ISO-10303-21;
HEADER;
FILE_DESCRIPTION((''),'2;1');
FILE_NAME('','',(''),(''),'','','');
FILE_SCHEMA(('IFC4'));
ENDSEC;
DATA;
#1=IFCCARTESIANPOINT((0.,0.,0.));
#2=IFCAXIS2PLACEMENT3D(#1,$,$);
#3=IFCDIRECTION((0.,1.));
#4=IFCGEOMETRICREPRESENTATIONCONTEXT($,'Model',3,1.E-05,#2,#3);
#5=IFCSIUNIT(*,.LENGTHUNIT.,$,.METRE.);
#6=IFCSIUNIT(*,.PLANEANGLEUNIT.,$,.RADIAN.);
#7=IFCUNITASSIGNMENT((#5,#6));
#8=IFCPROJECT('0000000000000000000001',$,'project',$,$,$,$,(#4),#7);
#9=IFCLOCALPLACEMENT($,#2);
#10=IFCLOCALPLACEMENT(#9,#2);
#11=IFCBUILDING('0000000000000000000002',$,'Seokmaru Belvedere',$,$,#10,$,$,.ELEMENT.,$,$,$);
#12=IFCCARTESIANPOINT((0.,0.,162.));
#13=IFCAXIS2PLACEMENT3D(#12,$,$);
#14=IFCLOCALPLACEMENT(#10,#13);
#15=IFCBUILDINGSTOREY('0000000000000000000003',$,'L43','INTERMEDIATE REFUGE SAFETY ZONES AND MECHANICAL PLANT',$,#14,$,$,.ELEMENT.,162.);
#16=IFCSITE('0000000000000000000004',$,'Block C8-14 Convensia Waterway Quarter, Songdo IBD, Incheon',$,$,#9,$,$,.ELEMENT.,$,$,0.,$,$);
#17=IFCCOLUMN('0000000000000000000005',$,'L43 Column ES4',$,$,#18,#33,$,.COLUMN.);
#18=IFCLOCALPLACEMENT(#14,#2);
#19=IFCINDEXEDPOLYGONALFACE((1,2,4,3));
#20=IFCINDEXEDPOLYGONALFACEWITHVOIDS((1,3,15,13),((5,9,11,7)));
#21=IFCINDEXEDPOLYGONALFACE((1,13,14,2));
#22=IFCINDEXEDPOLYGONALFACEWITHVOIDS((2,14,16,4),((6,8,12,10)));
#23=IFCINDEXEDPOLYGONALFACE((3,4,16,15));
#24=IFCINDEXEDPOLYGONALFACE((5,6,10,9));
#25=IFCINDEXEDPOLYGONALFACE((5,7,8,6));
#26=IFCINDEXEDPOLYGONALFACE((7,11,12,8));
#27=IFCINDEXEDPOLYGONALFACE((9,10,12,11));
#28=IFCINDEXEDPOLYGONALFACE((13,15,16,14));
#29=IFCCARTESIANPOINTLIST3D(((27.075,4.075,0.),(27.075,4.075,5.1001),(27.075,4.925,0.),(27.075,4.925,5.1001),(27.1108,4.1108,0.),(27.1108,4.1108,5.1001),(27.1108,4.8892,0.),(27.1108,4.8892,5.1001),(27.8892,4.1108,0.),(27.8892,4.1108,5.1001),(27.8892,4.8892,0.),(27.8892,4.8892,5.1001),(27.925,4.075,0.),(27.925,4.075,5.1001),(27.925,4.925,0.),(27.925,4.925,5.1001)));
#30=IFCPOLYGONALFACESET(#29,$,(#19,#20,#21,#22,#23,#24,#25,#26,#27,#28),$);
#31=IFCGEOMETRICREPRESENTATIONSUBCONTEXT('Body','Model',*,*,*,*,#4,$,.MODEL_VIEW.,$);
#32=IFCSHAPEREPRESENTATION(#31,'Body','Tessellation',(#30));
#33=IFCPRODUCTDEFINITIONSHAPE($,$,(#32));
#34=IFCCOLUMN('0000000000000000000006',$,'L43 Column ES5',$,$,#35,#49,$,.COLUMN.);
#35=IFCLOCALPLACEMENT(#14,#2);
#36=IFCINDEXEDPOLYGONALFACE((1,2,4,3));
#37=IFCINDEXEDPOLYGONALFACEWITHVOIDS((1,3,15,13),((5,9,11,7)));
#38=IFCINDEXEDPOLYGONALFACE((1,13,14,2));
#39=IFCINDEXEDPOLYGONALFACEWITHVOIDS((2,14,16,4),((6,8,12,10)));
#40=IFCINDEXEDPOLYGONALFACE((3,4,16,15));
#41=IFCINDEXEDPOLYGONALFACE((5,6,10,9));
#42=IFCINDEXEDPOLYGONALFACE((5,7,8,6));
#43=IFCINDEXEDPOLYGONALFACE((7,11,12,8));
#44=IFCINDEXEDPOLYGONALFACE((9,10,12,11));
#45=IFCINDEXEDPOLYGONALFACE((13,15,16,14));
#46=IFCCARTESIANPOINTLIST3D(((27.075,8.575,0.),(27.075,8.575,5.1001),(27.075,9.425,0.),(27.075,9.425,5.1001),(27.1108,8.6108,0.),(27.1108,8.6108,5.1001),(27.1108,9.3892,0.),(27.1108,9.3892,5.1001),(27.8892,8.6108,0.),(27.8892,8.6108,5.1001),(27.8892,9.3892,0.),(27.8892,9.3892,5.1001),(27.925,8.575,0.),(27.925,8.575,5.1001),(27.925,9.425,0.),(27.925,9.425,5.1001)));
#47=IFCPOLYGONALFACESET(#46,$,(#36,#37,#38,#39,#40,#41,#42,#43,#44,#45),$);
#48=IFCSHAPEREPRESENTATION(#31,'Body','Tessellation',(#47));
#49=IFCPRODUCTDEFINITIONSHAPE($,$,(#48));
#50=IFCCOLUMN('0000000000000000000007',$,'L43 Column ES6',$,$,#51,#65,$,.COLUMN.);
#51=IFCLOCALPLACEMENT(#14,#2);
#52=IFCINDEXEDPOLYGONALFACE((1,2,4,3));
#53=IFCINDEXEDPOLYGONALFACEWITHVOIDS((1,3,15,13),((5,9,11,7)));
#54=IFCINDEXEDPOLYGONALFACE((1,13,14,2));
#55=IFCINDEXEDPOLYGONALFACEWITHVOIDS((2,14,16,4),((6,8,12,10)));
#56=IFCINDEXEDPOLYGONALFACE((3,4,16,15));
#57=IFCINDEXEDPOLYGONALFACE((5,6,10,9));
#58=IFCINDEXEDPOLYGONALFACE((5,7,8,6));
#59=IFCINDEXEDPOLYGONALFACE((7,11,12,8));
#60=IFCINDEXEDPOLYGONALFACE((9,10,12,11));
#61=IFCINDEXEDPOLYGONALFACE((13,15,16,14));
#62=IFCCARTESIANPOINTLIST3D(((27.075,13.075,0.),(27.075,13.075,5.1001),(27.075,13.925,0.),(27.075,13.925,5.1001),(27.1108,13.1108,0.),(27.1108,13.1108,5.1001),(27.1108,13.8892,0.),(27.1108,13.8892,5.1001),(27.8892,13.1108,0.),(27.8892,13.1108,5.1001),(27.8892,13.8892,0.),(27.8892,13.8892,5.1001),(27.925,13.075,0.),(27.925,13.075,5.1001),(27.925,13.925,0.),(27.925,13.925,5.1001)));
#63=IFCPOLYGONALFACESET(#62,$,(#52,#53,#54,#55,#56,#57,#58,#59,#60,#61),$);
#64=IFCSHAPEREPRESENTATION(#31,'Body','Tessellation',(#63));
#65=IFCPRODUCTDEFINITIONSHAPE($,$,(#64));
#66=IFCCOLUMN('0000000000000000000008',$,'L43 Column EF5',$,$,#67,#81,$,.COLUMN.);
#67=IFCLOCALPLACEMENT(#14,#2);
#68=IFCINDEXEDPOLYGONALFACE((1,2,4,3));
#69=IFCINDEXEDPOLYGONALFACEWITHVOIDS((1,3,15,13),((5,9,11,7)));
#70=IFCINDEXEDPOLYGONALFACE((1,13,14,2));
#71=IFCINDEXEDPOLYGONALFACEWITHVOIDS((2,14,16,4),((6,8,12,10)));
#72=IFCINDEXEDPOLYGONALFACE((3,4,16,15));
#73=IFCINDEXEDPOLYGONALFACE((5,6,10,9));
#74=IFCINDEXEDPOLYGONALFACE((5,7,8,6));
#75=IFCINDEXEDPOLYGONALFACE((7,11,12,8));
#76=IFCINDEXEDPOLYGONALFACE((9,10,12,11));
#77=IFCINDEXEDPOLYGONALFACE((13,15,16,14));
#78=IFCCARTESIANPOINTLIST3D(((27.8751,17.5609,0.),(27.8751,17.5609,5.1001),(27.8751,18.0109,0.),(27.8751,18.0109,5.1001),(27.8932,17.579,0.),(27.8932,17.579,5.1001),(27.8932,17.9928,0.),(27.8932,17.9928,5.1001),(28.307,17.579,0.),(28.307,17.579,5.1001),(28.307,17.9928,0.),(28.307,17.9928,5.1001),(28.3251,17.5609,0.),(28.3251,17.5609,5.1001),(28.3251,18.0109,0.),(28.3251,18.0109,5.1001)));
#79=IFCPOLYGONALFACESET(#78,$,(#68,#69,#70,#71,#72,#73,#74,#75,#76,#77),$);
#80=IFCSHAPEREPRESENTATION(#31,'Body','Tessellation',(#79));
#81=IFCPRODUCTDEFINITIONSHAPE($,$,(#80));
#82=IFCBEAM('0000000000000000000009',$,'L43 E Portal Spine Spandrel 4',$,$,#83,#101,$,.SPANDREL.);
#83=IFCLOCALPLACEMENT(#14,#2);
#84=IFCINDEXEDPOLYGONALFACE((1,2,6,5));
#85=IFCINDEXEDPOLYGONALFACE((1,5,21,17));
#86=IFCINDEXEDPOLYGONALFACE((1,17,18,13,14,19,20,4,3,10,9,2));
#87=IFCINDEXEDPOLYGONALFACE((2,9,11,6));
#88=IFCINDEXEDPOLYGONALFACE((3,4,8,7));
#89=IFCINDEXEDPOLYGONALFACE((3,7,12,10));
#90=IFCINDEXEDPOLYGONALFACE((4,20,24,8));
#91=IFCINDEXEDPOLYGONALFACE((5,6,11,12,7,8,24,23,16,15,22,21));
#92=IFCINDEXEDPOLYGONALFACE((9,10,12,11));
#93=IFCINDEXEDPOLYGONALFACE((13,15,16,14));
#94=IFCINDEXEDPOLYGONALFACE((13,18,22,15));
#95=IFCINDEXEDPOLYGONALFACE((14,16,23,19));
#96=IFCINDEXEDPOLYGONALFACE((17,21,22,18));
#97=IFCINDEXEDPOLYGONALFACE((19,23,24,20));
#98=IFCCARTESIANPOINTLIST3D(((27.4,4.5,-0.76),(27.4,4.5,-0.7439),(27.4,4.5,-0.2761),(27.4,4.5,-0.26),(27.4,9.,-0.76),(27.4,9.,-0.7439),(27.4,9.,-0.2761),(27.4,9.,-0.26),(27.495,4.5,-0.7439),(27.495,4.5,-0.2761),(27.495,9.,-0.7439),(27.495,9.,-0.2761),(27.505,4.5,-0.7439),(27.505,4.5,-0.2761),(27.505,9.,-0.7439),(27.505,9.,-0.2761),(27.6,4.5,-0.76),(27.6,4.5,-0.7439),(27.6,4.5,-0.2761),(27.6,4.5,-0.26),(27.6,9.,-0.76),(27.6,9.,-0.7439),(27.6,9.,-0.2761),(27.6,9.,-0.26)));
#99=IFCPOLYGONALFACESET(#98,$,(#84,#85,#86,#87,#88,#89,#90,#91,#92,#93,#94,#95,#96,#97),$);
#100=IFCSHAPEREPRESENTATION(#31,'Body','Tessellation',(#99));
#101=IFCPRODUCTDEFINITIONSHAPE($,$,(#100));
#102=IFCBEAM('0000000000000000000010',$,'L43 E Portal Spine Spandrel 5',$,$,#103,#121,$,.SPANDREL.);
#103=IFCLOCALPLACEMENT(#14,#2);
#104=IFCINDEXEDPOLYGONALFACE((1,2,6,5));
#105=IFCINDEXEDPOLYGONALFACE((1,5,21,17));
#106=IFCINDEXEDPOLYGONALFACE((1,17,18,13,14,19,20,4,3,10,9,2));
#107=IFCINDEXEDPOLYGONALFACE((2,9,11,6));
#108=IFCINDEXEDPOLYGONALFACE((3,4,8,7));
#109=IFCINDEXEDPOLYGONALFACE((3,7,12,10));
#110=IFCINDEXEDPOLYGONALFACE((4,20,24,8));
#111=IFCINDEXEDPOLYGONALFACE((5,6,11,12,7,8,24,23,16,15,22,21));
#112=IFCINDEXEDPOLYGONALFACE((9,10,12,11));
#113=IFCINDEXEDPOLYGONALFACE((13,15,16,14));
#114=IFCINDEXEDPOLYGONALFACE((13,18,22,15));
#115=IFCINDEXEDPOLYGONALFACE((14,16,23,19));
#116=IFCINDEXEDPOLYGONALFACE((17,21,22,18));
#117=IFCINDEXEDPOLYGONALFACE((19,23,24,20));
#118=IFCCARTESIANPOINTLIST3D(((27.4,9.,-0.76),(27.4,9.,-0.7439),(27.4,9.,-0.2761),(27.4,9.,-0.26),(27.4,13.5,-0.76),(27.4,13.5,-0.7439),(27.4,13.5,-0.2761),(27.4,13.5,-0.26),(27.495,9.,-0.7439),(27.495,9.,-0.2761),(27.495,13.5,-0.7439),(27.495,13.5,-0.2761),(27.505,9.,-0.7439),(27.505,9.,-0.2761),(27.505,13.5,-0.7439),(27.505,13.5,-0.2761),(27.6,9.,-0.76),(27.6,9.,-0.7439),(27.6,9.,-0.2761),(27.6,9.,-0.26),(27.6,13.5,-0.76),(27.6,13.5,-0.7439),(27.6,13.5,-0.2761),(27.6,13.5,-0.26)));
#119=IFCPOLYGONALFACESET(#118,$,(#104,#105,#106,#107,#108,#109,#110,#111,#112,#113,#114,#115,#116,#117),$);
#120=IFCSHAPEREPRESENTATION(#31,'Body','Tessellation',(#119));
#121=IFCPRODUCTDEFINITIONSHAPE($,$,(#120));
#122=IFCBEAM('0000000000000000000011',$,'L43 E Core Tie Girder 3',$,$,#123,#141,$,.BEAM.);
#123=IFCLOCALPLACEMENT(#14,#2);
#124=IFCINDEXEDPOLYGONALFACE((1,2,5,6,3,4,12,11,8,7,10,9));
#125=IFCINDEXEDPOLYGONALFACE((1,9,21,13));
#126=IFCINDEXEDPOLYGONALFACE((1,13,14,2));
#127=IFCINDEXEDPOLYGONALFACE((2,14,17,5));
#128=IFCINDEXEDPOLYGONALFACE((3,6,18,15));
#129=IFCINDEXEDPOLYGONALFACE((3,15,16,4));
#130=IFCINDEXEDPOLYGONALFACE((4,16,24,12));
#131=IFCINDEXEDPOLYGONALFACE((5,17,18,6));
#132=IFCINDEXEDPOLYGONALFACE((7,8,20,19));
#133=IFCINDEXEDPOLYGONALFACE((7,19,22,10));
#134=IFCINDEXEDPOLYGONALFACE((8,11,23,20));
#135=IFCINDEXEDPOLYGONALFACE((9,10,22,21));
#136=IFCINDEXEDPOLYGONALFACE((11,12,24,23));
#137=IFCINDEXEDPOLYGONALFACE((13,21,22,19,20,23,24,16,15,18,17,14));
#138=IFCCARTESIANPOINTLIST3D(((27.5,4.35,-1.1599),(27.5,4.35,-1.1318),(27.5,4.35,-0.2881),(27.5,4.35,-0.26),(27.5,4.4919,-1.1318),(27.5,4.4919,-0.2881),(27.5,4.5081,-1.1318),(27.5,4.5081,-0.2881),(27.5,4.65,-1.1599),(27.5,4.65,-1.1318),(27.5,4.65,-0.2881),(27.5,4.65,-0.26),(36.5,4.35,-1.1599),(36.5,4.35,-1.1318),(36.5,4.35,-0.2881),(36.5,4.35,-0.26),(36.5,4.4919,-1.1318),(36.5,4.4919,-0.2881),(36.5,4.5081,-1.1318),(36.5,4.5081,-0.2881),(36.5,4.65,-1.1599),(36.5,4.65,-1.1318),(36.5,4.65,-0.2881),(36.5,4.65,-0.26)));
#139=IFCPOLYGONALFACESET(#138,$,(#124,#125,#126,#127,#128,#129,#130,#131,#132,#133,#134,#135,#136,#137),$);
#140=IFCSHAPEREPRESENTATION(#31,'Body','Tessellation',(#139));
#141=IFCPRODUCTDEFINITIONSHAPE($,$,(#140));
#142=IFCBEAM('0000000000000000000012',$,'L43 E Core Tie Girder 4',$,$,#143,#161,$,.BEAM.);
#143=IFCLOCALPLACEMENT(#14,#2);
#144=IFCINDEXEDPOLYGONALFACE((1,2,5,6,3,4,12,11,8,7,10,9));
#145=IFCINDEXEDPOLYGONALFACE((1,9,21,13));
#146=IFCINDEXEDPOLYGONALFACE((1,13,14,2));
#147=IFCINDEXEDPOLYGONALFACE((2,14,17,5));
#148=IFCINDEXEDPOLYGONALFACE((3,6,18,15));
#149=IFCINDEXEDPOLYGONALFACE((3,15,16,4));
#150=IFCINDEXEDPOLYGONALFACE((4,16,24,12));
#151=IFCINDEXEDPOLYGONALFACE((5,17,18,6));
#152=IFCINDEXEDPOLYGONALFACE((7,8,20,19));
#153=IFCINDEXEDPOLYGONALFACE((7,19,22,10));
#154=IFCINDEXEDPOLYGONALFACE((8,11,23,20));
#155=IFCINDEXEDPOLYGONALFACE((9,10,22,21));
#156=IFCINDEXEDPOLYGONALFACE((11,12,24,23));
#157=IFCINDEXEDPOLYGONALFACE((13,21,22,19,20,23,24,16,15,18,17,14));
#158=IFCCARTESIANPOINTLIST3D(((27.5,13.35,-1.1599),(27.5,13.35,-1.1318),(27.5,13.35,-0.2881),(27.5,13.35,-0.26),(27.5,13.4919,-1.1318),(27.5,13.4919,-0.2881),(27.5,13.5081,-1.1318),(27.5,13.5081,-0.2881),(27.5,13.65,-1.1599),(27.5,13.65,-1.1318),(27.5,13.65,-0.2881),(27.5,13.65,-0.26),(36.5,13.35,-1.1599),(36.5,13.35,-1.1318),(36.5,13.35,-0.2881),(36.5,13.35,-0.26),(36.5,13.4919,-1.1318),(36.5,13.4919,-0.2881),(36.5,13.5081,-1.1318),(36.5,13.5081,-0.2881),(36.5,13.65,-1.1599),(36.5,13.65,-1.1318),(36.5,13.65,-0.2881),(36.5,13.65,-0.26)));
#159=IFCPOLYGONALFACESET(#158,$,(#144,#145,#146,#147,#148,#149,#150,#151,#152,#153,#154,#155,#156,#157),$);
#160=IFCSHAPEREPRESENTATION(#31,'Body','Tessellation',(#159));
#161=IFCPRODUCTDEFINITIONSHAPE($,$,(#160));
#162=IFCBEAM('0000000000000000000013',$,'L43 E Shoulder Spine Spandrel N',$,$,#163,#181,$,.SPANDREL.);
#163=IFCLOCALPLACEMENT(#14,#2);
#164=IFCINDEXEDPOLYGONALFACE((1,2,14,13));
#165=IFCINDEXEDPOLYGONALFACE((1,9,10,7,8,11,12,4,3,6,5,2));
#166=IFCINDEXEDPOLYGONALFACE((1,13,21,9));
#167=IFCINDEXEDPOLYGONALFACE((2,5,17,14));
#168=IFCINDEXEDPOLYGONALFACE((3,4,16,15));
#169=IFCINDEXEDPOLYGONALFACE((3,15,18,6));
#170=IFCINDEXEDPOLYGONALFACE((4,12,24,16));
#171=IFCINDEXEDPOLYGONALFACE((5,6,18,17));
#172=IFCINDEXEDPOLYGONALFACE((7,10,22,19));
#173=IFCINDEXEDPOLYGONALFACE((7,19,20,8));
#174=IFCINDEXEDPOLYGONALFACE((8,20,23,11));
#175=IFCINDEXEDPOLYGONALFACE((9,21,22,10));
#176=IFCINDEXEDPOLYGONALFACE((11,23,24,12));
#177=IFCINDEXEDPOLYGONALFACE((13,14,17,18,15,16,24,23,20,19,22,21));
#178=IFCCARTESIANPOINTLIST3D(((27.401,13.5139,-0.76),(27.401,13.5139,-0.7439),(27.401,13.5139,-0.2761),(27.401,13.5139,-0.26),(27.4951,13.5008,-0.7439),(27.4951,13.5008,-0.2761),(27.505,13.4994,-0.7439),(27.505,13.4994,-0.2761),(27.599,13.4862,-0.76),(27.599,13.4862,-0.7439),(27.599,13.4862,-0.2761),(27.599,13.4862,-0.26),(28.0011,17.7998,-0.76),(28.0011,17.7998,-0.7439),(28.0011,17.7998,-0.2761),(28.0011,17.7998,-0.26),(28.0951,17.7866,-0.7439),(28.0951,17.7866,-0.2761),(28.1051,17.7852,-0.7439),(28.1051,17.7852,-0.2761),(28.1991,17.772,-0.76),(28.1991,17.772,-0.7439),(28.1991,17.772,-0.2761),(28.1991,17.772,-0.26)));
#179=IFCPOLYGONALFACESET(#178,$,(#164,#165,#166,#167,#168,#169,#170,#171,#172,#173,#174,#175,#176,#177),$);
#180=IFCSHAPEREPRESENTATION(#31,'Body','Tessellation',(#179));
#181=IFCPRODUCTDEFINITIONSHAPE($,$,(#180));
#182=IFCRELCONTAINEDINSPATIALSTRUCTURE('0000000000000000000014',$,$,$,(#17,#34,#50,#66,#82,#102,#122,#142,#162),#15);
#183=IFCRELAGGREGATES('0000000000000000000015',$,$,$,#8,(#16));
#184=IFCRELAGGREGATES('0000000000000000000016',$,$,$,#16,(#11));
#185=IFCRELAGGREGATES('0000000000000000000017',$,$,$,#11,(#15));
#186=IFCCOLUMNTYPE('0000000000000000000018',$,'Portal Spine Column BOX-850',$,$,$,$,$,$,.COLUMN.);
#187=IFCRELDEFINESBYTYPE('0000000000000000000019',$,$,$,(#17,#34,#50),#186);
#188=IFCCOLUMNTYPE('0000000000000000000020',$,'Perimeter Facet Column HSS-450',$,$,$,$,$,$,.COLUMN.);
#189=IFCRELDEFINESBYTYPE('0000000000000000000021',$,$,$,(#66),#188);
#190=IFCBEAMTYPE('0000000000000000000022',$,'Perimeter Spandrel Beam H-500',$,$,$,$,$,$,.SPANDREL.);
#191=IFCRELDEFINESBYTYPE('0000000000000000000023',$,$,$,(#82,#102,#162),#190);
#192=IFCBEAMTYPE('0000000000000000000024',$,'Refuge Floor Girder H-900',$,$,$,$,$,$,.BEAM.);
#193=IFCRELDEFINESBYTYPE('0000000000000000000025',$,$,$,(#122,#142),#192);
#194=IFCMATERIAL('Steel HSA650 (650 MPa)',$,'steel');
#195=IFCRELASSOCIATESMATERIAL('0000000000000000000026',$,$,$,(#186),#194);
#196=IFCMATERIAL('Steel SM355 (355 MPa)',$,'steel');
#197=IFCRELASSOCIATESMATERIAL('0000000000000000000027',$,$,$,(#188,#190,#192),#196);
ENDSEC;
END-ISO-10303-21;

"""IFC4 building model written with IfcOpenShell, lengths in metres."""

from ifc_helpers import new_model, si_unit, direction, frame, origin, origin_2d, place, context, subcontext, project, spatial, hollow_rectangle, i_section, extrude, source, transform, mapped, material, material_profile, profile_set, type_object, type_shapes, element, save


model = new_model("IFC4")

# Units and contexts
model_context = context("Model", 3, precision=1e-05, world=origin(), true_north=direction((0.0, 1.0)))
body_context = subcontext(model_context, "Body", "Model", "MODEL_VIEW")
ifc_project = project(units=[si_unit("LENGTHUNIT", "METRE"), si_unit("PLANEANGLEUNIT", "RADIAN")], contexts=[model_context])

# Site, building, storey
site_placement = place(None, origin())
site = spatial("IfcSite", under=ifc_project, at=site_placement, Name="Block C8-14 Convensia Waterway Quarter, Songdo IBD, Incheon", CompositionType="ELEMENT", RefElevation=0.0)
building_placement = place(site_placement, origin())
building = spatial("IfcBuilding", under=site, at=building_placement, Name="Seokmaru Belvedere", CompositionType="ELEMENT")
storey_placement = place(building_placement, frame((0.0, 0.0, 162.0)))
storey = spatial("IfcBuildingStorey", under=building, at=storey_placement, Name="L43", Description="INTERMEDIATE REFUGE SAFETY ZONES AND MECHANICAL PLANT", CompositionType="ELEMENT", Elevation=162.0)

# Columns
ifc_material_1 = material(Name="Steel HSA650 (650 MPa)", Category="steel")
ifc_material_profile_1 = material_profile(ifc_material_1, hollow_rectangle(XDim=0.8501, YDim=0.8501, WallThickness=0.0359, at=origin_2d()), Name="BOX-850x850x36")
ifc_profile_set_1 = profile_set([ifc_material_profile_1], Name="Steel HSA650 (650 MPa)")
column_type_1 = type_object("IfcColumnType", Name="Portal Spine Column BOX-850", PredefinedType="COLUMN", material=ifc_profile_set_1)
shared_shape_1 = source(origin(), body_context, "Body", "SweptSolid", [
    extrude(hollow_rectangle(XDim=0.8501, YDim=0.8501, WallThickness=0.0359, at=origin_2d()), origin(), (0.0, 0.0, 1.0), 5.1001),
])
type_shapes(column_type_1, [shared_shape_1])
for number, where, z_axis, x_axis, name in (
    (1, (27.5, 4.5, 0.0), (0.0, 0.0, 1.0), (1.0, 0.0, 0.0), "L43 Column ES4"),
    (2, (27.5, 9.0, 0.0), (0.0, 0.0, 1.0), (1.0, 0.0, 0.0), "L43 Column ES5"),
    (3, (27.5, 13.5, 0.0), (0.0, 0.0, 1.0), (1.0, 0.0, 0.0), "L43 Column ES6"),
):
    element("IfcColumn", number, at=place(storey_placement, frame(where, z_axis=z_axis, x_axis=x_axis)), inside=storey, type_object=column_type_1, Name=name, PredefinedType="COLUMN", context=body_context, shape_type="MappedRepresentation", body=[
        mapped(shared_shape_1, transform((0.0, 0.0, 0.0), scale=1.0)),
    ])
ifc_material_2 = material(Name="Steel SM355 (355 MPa)", Category="steel")
ifc_material_profile_2 = material_profile(ifc_material_2, hollow_rectangle(XDim=0.45, YDim=0.45, WallThickness=0.0181, at=origin_2d()), Name="HSS-450x450x18")
ifc_profile_set_2 = profile_set([ifc_material_profile_2], Name="Steel SM355 (355 MPa)")
column_type_2 = type_object("IfcColumnType", Name="Perimeter Facet Column HSS-450", PredefinedType="COLUMN", material=ifc_profile_set_2)
shared_shape_2 = source(origin(), body_context, "Body", "SweptSolid", [
    extrude(hollow_rectangle(XDim=0.45, YDim=0.45, WallThickness=0.0181, at=origin_2d()), origin(), (0.0, 0.0, 1.0), 5.1001),
])
type_shapes(column_type_2, [shared_shape_2])
column_placement = place(storey_placement, frame((28.1001, 17.7859, 0.0), z_axis=(0.0, 0.0, 1.0), x_axis=(1.0, 0.0, 0.0)))
element("IfcColumn", 4, at=column_placement, inside=storey, type_object=column_type_2, Name="L43 Column EF5", PredefinedType="COLUMN", context=body_context, shape_type="MappedRepresentation", body=[
    mapped(shared_shape_2, transform((0.0, 0.0, 0.0), scale=1.0)),
])

# Beams
ifc_material_profile_3 = material_profile(ifc_material_2, i_section(OverallWidth=0.2, OverallDepth=0.5, WebThickness=0.01, FlangeThickness=0.0161, at=origin_2d()), Name="H-500x200x10x16")
ifc_profile_set_3 = profile_set([ifc_material_profile_3], Name="Steel SM355 (355 MPa)")
beam_type_1 = type_object("IfcBeamType", Name="Perimeter Spandrel Beam H-500", PredefinedType="SPANDREL", material=ifc_profile_set_3)
shared_shape_3 = source(origin(), body_context, "Body", "SweptSolid", [
    extrude(i_section(OverallWidth=0.2, OverallDepth=0.5, WebThickness=0.01, FlangeThickness=0.0161, at=origin_2d()), origin(), (0.0, 0.0, 1.0), 4.5),
])
for number, where, z_axis, x_axis, name in (
    (5, (27.5, 4.5, -0.51), (0.0, 1.0, 0.0), (-1.0, 0.0, 0.0), "L43 E Portal Spine Spandrel 4"),
    (6, (27.5, 9.0, -0.51), (0.0, 1.0, 0.0), (-1.0, 0.0, 0.0), "L43 E Portal Spine Spandrel 5"),
):
    element("IfcBeam", number, at=place(storey_placement, frame(where, z_axis=z_axis, x_axis=x_axis)), inside=storey, type_object=beam_type_1, Name=name, PredefinedType="SPANDREL", context=body_context, shape_type="MappedRepresentation", body=[
        mapped(shared_shape_3, transform((0.0, 0.0, 0.0), scale=1.0)),
    ])
ifc_material_profile_4 = material_profile(ifc_material_2, i_section(OverallWidth=0.3, OverallDepth=0.8999, WebThickness=0.0161, FlangeThickness=0.0281, at=origin_2d()), Name="H-900x300x16x28")
ifc_profile_set_4 = profile_set([ifc_material_profile_4], Name="Steel SM355 (355 MPa)")
beam_type_2 = type_object("IfcBeamType", Name="Refuge Floor Girder H-900", PredefinedType="BEAM", material=ifc_profile_set_4)
shared_shape_4 = source(origin(), body_context, "Body", "SweptSolid", [
    extrude(i_section(OverallWidth=0.3, OverallDepth=0.8999, WebThickness=0.0161, FlangeThickness=0.0281, at=origin_2d()), origin(), (0.0, 0.0, 1.0), 9.0),
])
type_shapes(beam_type_2, [shared_shape_4])
for number, where, z_axis, x_axis, name in (
    (7, (27.5, 4.5, -0.71), (1.0, 0.0, 0.0), (0.0, 1.0, 0.0), "L43 E Core Tie Girder 3"),
    (8, (27.5, 13.5, -0.71), (1.0, 0.0, 0.0), (0.0, 1.0, 0.0), "L43 E Core Tie Girder 4"),
):
    element("IfcBeam", number, at=place(storey_placement, frame(where, z_axis=z_axis, x_axis=x_axis)), inside=storey, type_object=beam_type_2, Name=name, PredefinedType="BEAM", context=body_context, shape_type="MappedRepresentation", body=[
        mapped(shared_shape_4, transform((0.0, 0.0, 0.0), scale=1.0)),
    ])
shared_shape_5 = source(origin(), body_context, "Body", "SweptSolid", [
    extrude(i_section(OverallWidth=0.2, OverallDepth=0.5, WebThickness=0.01, FlangeThickness=0.0161, at=origin_2d()), origin(), (0.0, 0.0, 1.0), 4.3276),
])
type_shapes(beam_type_1, [shared_shape_3, shared_shape_5])
beam_placement = place(storey_placement, frame((28.1001, 17.7859, -0.51), z_axis=(-0.138664, -0.990339, 0.0), x_axis=(0.990339, -0.138664, 0.0)))
element("IfcBeam", 9, at=beam_placement, inside=storey, type_object=beam_type_1, Name="L43 E Shoulder Spine Spandrel N", PredefinedType="SPANDREL", context=body_context, shape_type="MappedRepresentation", body=[
    mapped(shared_shape_5, transform((0.0, 0.0, 0.0), scale=1.0)),
])

save(model, "model.ifc")
